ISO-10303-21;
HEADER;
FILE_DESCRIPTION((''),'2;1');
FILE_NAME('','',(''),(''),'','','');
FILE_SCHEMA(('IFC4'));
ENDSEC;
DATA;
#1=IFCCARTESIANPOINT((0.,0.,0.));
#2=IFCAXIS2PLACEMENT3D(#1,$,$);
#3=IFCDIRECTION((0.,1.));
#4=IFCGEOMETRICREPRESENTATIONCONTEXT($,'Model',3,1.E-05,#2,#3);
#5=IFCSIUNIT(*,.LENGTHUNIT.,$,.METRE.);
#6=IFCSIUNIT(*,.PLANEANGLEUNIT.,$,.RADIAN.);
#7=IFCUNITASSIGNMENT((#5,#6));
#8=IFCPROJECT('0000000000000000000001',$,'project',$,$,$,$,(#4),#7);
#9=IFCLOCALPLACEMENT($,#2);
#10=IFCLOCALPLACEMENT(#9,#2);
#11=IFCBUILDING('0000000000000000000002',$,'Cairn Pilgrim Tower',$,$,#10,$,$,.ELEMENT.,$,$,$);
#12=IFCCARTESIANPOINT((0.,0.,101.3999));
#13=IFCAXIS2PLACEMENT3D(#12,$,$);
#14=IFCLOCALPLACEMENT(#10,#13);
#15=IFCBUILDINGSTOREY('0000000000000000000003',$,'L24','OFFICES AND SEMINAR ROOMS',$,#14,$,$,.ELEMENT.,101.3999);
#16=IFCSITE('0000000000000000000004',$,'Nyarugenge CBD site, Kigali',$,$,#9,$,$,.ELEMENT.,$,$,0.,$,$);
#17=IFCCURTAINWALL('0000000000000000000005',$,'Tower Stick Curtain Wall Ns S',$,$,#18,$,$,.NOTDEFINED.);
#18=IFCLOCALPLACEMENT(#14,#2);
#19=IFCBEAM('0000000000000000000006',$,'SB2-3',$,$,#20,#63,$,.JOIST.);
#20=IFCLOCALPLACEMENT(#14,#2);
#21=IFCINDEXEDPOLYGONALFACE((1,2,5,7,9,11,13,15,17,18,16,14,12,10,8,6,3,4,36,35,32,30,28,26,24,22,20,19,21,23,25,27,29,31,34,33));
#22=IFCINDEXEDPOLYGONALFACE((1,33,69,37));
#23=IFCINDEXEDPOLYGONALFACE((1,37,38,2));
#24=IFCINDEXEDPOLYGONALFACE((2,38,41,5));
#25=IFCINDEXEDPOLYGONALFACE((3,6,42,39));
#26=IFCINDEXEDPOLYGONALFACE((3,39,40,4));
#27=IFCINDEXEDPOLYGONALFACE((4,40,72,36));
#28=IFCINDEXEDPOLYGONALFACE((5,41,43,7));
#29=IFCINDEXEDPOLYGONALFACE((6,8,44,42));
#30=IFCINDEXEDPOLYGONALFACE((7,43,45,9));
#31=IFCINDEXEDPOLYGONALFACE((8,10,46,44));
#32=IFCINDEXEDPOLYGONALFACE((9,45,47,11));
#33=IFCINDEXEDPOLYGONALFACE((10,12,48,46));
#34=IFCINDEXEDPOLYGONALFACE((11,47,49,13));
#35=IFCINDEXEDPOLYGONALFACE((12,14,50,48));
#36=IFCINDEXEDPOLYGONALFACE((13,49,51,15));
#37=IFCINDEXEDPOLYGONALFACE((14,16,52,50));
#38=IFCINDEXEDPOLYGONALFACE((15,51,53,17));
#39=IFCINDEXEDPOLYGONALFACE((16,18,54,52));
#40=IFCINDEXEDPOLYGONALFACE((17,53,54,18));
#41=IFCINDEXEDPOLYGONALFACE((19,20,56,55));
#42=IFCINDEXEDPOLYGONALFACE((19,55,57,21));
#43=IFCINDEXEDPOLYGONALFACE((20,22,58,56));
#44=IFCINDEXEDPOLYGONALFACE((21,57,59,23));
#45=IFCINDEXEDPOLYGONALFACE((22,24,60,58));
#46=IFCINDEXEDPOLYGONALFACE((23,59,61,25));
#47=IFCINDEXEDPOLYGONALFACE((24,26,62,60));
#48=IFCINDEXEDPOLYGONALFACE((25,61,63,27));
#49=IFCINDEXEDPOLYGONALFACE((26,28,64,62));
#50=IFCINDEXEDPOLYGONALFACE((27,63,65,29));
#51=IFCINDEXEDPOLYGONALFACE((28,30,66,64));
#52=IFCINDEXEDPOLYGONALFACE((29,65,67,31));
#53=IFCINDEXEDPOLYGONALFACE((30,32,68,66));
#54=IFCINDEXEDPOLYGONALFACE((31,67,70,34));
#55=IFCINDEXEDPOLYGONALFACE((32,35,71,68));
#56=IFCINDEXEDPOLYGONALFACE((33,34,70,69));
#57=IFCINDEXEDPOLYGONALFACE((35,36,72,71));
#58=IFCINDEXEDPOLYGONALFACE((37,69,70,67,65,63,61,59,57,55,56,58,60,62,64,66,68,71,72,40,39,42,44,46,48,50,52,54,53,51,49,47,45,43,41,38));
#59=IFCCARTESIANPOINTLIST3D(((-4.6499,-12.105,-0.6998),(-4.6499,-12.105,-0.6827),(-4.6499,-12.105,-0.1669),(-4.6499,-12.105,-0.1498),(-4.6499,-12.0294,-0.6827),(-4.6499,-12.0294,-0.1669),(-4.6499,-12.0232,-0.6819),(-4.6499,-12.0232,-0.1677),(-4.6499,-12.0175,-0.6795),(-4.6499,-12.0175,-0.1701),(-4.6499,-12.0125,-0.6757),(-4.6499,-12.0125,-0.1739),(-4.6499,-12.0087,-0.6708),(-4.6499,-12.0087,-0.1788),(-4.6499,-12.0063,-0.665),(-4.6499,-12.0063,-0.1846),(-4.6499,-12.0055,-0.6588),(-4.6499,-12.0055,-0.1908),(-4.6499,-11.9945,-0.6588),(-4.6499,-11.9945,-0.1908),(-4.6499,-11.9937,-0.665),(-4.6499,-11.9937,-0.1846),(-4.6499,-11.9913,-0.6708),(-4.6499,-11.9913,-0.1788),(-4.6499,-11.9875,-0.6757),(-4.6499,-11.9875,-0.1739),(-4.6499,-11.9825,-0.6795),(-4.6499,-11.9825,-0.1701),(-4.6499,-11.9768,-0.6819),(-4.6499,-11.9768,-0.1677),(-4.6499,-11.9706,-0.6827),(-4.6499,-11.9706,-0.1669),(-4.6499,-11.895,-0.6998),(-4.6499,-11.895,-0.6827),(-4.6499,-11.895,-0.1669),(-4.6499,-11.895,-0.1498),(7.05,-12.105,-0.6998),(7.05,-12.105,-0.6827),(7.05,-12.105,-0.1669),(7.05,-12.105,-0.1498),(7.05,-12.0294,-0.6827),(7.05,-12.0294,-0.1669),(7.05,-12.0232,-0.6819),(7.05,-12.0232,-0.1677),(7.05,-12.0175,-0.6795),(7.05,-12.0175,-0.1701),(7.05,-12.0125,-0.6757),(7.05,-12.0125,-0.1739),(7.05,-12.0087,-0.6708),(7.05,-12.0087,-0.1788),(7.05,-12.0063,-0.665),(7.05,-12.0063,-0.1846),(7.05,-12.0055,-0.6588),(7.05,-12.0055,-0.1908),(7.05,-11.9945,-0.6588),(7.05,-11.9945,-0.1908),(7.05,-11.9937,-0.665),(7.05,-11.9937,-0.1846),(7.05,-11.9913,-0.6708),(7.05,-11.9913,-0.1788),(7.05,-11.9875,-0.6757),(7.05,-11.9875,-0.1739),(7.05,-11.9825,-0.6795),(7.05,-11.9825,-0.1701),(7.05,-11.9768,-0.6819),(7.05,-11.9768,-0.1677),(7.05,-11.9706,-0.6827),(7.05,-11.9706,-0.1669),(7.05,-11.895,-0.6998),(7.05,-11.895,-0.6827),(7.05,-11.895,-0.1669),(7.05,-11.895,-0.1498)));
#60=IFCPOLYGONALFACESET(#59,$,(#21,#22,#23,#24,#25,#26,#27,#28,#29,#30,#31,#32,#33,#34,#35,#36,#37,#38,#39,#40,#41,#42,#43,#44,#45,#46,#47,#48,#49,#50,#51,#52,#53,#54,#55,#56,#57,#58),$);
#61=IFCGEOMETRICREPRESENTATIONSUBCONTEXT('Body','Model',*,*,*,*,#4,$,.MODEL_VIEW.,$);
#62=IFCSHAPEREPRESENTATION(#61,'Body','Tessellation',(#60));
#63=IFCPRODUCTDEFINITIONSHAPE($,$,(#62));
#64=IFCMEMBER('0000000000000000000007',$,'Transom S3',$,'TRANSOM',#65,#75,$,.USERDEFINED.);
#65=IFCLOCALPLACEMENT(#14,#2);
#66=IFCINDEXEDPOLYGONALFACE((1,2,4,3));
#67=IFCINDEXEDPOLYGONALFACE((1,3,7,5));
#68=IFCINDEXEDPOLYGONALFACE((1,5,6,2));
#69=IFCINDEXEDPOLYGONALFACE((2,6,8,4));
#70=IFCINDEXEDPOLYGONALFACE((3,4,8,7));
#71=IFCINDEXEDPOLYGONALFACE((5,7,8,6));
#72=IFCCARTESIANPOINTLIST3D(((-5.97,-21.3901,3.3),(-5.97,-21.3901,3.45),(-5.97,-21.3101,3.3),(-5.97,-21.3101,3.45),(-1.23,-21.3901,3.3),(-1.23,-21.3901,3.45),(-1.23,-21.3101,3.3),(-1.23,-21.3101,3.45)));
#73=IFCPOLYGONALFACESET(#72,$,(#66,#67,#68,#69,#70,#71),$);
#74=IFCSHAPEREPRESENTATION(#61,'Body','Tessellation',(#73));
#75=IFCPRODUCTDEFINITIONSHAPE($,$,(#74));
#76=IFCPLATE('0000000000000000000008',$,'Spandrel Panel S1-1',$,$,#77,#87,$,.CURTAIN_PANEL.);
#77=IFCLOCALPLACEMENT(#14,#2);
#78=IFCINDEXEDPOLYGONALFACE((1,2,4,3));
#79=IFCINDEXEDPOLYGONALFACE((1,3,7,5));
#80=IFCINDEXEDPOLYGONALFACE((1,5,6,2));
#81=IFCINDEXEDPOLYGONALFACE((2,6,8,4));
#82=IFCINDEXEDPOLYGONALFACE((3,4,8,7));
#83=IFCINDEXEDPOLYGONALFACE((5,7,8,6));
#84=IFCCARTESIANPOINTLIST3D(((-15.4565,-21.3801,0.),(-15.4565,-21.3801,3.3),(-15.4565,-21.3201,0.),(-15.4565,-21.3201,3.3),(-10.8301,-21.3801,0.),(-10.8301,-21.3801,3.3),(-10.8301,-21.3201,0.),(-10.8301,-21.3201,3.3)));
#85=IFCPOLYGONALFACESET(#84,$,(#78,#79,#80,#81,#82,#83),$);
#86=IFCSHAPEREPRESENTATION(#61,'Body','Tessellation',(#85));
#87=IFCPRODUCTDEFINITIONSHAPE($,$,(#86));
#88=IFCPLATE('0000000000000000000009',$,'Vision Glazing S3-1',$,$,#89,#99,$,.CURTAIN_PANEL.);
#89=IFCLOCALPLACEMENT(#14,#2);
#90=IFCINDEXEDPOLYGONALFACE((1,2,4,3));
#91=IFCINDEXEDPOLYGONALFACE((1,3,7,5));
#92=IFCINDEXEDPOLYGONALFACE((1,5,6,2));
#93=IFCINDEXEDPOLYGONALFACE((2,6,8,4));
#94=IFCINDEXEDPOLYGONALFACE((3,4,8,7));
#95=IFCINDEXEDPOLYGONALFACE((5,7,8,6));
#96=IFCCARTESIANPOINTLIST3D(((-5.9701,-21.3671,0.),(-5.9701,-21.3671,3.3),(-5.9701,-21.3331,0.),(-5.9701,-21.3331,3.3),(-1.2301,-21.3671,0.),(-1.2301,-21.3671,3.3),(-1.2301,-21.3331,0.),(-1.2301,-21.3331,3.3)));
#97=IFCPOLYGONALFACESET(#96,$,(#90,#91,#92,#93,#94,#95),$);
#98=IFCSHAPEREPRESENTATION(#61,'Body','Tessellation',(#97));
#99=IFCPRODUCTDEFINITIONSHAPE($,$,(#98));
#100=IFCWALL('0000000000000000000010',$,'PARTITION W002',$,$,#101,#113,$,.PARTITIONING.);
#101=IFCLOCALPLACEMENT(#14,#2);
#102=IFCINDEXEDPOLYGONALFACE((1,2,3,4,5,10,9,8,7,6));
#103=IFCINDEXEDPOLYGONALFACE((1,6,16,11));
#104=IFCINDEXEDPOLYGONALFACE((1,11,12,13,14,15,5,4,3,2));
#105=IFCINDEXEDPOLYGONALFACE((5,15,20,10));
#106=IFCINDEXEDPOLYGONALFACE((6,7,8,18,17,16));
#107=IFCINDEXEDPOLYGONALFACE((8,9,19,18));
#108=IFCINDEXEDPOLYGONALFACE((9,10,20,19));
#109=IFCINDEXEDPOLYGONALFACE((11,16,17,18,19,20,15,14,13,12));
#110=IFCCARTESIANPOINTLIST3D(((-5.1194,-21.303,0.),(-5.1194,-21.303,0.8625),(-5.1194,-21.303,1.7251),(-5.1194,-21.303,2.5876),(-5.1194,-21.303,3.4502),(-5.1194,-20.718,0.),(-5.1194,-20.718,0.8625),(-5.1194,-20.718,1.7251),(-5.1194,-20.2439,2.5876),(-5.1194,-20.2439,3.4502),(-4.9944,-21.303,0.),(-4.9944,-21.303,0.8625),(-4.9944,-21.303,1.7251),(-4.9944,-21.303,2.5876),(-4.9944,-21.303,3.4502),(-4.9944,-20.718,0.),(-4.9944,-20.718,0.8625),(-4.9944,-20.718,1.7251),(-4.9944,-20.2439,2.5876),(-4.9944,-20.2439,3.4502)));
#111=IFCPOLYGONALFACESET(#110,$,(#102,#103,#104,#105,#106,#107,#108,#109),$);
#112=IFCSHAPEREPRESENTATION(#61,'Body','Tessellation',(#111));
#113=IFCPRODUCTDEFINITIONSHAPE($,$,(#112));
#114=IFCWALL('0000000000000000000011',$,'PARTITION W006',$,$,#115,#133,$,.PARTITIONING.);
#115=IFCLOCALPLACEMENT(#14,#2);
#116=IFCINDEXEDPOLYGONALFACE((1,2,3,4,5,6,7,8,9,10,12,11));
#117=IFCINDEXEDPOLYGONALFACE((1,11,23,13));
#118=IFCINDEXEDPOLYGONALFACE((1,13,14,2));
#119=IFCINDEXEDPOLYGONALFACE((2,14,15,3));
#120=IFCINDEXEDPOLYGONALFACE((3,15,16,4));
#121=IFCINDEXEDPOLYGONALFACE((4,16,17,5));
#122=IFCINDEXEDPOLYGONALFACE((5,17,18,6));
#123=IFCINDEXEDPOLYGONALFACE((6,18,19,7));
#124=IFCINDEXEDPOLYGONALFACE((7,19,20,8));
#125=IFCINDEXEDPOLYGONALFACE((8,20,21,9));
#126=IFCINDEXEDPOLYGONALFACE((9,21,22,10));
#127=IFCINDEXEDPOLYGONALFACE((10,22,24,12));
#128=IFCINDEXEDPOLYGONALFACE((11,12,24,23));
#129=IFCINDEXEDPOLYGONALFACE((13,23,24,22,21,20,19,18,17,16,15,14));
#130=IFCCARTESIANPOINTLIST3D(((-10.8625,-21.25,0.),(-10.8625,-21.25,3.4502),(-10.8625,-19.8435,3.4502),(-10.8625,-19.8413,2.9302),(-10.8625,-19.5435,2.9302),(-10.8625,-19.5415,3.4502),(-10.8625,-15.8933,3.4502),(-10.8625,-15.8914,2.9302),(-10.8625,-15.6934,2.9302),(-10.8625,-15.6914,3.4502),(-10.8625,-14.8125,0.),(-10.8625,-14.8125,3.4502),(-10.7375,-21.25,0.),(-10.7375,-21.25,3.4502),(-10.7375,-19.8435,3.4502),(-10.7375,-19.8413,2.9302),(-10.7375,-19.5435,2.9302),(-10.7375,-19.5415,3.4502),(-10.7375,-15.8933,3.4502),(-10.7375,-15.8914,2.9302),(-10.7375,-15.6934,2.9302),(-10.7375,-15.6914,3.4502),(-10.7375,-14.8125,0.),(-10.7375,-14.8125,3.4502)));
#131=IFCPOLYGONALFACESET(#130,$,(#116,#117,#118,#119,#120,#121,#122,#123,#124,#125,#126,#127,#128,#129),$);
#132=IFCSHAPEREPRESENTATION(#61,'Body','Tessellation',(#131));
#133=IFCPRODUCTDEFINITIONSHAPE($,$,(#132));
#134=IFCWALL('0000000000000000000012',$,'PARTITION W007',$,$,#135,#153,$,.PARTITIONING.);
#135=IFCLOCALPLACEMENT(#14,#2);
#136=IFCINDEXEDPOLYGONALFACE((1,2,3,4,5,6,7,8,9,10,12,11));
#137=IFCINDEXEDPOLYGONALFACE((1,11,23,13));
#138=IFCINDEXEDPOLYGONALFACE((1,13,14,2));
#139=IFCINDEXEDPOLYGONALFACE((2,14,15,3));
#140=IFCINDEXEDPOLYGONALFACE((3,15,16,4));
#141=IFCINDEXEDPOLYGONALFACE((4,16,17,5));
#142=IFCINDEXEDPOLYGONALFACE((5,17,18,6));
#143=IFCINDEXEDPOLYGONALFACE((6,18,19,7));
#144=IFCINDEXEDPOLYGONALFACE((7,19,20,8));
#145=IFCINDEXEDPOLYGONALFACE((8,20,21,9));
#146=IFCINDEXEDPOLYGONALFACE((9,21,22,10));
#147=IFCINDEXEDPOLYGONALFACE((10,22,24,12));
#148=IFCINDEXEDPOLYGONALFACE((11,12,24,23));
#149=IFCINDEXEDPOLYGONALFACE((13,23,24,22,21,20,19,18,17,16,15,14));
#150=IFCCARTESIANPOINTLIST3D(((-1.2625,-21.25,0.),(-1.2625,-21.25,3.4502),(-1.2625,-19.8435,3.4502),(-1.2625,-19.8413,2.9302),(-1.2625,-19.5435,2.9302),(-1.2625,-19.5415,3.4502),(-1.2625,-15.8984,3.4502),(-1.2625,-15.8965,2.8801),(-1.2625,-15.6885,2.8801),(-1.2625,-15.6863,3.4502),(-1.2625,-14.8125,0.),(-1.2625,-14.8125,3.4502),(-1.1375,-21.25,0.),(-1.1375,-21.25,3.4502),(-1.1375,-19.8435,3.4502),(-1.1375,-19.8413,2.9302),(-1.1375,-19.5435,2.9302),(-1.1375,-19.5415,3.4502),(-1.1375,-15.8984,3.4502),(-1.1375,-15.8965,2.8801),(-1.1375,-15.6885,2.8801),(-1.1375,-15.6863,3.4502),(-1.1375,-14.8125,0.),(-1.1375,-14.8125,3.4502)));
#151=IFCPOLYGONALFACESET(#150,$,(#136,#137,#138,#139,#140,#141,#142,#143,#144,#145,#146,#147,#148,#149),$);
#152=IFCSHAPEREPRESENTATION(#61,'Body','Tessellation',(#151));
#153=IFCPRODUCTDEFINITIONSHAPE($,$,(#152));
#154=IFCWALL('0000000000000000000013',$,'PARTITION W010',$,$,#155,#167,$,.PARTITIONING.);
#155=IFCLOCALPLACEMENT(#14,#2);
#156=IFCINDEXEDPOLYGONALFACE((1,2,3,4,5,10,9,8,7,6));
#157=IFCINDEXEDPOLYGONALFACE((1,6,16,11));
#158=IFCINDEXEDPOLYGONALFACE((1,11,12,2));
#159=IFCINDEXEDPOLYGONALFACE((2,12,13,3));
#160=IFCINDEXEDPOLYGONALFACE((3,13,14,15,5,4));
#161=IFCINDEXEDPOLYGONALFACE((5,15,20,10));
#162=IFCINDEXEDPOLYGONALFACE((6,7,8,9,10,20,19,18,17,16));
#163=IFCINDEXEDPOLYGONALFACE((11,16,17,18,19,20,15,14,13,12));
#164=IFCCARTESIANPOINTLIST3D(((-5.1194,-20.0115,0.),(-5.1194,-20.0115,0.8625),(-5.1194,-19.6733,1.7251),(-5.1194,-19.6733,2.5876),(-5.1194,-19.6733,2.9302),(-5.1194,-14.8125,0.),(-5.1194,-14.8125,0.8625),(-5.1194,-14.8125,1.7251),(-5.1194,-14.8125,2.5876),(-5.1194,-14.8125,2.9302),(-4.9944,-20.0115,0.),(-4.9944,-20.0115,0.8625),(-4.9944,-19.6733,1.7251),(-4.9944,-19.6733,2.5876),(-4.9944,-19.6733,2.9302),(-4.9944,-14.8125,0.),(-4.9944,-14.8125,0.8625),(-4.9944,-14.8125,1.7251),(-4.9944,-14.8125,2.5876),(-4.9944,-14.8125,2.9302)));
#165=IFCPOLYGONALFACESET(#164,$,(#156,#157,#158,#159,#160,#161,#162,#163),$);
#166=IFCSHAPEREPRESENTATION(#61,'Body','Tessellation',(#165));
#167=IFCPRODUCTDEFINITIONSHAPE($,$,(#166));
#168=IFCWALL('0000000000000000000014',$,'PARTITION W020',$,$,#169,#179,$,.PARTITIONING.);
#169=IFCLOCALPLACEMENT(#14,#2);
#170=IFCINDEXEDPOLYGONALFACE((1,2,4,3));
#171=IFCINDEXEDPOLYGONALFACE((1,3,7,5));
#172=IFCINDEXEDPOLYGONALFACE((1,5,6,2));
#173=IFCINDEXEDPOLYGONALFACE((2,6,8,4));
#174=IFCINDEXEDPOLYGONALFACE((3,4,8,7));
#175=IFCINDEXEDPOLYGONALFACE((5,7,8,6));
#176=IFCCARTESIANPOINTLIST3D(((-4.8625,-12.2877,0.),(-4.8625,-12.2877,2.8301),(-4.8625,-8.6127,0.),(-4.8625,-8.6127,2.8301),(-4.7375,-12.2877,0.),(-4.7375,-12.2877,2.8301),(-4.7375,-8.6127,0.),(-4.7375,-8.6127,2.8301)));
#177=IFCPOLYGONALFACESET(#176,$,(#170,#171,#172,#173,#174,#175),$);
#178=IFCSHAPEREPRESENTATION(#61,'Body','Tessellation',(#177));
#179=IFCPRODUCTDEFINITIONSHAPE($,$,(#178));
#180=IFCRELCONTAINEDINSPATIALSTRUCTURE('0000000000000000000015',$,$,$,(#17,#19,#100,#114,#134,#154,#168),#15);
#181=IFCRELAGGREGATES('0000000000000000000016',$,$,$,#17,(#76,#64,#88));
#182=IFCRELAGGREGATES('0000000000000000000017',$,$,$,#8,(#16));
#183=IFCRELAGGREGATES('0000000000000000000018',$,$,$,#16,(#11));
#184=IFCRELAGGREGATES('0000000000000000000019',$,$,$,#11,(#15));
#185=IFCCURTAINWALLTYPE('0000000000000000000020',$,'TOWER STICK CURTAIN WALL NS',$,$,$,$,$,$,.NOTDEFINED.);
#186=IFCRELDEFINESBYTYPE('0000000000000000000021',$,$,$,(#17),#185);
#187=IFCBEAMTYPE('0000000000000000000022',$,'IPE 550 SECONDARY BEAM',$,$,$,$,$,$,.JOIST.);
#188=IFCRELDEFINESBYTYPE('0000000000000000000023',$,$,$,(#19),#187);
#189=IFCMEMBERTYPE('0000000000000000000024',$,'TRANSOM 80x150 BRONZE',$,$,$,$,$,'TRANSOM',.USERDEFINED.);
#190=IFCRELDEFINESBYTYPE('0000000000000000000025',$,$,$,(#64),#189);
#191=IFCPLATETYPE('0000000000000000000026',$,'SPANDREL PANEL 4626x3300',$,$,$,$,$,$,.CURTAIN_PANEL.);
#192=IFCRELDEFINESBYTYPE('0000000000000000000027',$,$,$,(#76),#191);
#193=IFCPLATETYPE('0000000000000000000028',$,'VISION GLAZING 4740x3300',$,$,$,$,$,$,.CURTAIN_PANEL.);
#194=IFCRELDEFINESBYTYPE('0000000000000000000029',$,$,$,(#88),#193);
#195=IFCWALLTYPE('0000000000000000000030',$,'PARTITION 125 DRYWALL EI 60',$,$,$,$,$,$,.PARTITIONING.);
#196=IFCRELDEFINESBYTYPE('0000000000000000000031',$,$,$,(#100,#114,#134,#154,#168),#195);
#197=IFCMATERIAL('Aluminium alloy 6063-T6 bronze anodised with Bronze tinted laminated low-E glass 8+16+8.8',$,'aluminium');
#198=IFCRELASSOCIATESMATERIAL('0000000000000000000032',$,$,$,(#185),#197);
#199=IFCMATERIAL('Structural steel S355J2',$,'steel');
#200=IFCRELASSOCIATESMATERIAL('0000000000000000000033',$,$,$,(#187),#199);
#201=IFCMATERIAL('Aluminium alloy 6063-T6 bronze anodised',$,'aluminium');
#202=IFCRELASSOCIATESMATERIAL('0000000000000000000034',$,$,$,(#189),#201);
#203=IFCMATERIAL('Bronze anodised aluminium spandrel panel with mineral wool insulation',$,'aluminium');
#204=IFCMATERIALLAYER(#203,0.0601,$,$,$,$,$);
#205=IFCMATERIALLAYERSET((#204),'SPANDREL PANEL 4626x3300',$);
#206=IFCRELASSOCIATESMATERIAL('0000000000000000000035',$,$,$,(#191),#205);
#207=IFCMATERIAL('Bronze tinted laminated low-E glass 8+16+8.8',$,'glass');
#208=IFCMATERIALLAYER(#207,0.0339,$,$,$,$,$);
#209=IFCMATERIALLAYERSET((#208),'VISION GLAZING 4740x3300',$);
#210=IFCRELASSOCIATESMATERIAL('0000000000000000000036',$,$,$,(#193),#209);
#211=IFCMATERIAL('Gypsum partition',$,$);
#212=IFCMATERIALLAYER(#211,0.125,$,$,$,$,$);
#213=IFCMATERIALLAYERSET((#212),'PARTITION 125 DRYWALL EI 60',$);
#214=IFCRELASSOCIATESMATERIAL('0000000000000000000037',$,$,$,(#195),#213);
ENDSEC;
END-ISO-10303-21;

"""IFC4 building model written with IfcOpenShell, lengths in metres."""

from ifc_helpers import new_model, si_unit, direction, frame, frame_2d, origin, origin_2d, place, context, subcontext, project, spatial, polyline, rectangle, i_section, outline, extrude, material, layer, layer_set, material_profile, profile_set, type_object, element, aggregate, save


model = new_model("IFC4")

# Units and contexts
model_context = context("Model", 3, precision=1e-05, world=origin(), true_north=direction((0.0, 1.0)))
body_context = subcontext(model_context, "Body", "Model", "MODEL_VIEW")
ifc_project = project(units=[si_unit("LENGTHUNIT", "METRE"), si_unit("PLANEANGLEUNIT", "RADIAN")], contexts=[model_context])

# Site, building, storey
site_placement = place(None, origin())
site = spatial("IfcSite", under=ifc_project, at=site_placement, Name="Nyarugenge CBD site, Kigali", CompositionType="ELEMENT", RefElevation=0.0)
building_placement = place(site_placement, origin())
building = spatial("IfcBuilding", under=site, at=building_placement, Name="Cairn Pilgrim Tower", CompositionType="ELEMENT")
storey_placement = place(building_placement, frame((0.0, 0.0, 101.3999)))
storey = spatial("IfcBuildingStorey", under=building, at=storey_placement, Name="L24", Description="OFFICES AND SEMINAR ROOMS", CompositionType="ELEMENT", Elevation=101.3999)

# Curtain wall
ifc_material_1 = material(Name="Aluminium alloy 6063-T6 bronze anodised with Bronze tinted laminated low-E glass 8+16+8.8", Category="aluminium")
curtain_wall_type = type_object("IfcCurtainWallType", Name="TOWER STICK CURTAIN WALL NS", PredefinedType="NOTDEFINED", material=ifc_material_1)
curtain_wall_placement = place(storey_placement, origin())
curtain_wall = element("IfcCurtainWall", 1, at=curtain_wall_placement, inside=storey, type_object=curtain_wall_type, Name="Tower Stick Curtain Wall Ns S", PredefinedType="NOTDEFINED")
ifc_material_2 = material(Name="Aluminium alloy 6063-T6 bronze anodised", Category="aluminium")

# Beam
ifc_material_3 = material(Name="Structural steel S355J2", Category="steel")
ifc_material_profile_1 = material_profile(ifc_material_3, i_section(OverallWidth=0.21, OverallDepth=0.55, WebThickness=0.011, FlangeThickness=0.0171, FilletRadius=0.0239, at=origin_2d()), Name="IPE 550")
ifc_profile_set_1 = profile_set([ifc_material_profile_1], Name="Structural steel S355J2")
beam_type_1 = type_object("IfcBeamType", Name="IPE 550 SECONDARY BEAM", PredefinedType="JOIST", material=ifc_profile_set_1)
for number, where, z_axis, x_axis, name in (
    (2, (-4.6499, -12.0, -0.4248), (1.0, 0.0, 0.0), (0.0, 1.0, 0.0), "SB2-3"),
):
    element("IfcBeam", number, at=place(storey_placement, frame(where, z_axis=z_axis, x_axis=x_axis)), inside=storey, type_object=beam_type_1, Name=name, PredefinedType="JOIST", context=body_context, shape_type="SweptSolid", body=[
        extrude(i_section(OverallWidth=0.21, OverallDepth=0.55, WebThickness=0.011, FlangeThickness=0.0171, FilletRadius=0.0239, at=origin_2d()), origin(), (0.0, 0.0, 1.0), 11.7),
    ])

# Member
ifc_material_profile_2 = material_profile(ifc_material_2, rectangle(XDim=0.0801, YDim=0.1499, at=origin_2d()), Name="TRANSOM 80x150 BRONZE")
ifc_profile_set_2 = profile_set([ifc_material_profile_2], Name="Aluminium alloy 6063-T6 bronze anodised")
member_type_1 = type_object("IfcMemberType", Name="TRANSOM 80x150 BRONZE", ElementType="TRANSOM", PredefinedType="USERDEFINED", material=ifc_profile_set_2)
member_1_placement = place(storey_placement, frame((-5.97, -21.3501, 3.375), z_axis=(1.0, 0.0, 0.0), x_axis=(0.0, 1.0, 0.0)))
member_1 = element("IfcMember", 3, at=member_1_placement, type_object=member_type_1, Name="Transom S3", ObjectType="TRANSOM", PredefinedType="USERDEFINED", context=body_context, shape_type="SweptSolid", body=[
    extrude(rectangle(XDim=0.0801, YDim=0.1499, at=origin_2d()), origin(), (0.0, 0.0, 1.0), 4.74),
])

# Plates
ifc_material_4 = material(Name="Bronze anodised aluminium spandrel panel with mineral wool insulation", Category="aluminium")
ifc_layer_1 = layer(ifc_material_4, 0.0601)
ifc_layer_set_1 = layer_set([ifc_layer_1], Name="SPANDREL PANEL 4626x3300")
plate_type_1 = type_object("IfcPlateType", Name="SPANDREL PANEL 4626x3300", PredefinedType="CURTAIN_PANEL", material=ifc_layer_set_1)
plate_1_placement = place(storey_placement, frame((-13.1433, -21.3501, 0.0), z_axis=(0.0, 0.0, 1.0), x_axis=(1.0, 0.0, 0.0)))
plate_1 = element("IfcPlate", 4, at=plate_1_placement, type_object=plate_type_1, Name="Spandrel Panel S1-1", PredefinedType="CURTAIN_PANEL", context=body_context, shape_type="SweptSolid", body=[
    extrude(rectangle(XDim=4.6265, YDim=0.0601, at=origin_2d()), origin(), (0.0, 0.0, 1.0), 3.3),
])
ifc_material_5 = material(Name="Bronze tinted laminated low-E glass 8+16+8.8", Category="glass")
ifc_layer_2 = layer(ifc_material_5, 0.0339)
ifc_layer_set_2 = layer_set([ifc_layer_2], Name="VISION GLAZING 4740x3300")
plate_type_2 = type_object("IfcPlateType", Name="VISION GLAZING 4740x3300", PredefinedType="CURTAIN_PANEL", material=ifc_layer_set_2)
plate_2_placement = place(storey_placement, frame((-3.6001, -21.3501, 0.0), z_axis=(0.0, 0.0, 1.0), x_axis=(1.0, 0.0, 0.0)))
plate_2 = element("IfcPlate", 5, at=plate_2_placement, type_object=plate_type_2, Name="Vision Glazing S3-1", PredefinedType="CURTAIN_PANEL", context=body_context, shape_type="SweptSolid", body=[
    extrude(rectangle(XDim=4.74, YDim=0.0339, at=origin_2d()), origin(), (0.0, 0.0, 1.0), 3.3),
])
aggregate(curtain_wall, [plate_1, member_1, plate_2])

# Walls
ifc_material_6 = material(Name="Gypsum partition")
ifc_layer_3 = layer(ifc_material_6, 0.125)
ifc_layer_set_3 = layer_set([ifc_layer_3], Name="PARTITION 125 DRYWALL EI 60")
wall_type_1 = type_object("IfcWallType", Name="PARTITION 125 DRYWALL EI 60", PredefinedType="PARTITIONING", material=ifc_layer_set_3)
wall_1_placement = place(storey_placement, frame((-5.0569, -21.303, 0.0), z_axis=(0.0, 0.0, 1.0), x_axis=(0.0, 1.0, 0.0)))
element("IfcWall", 6, at=wall_1_placement, inside=storey, type_object=wall_type_1, Name="PARTITION W002", PredefinedType="PARTITIONING", context=body_context, shape_type="SweptSolid", body=[
    extrude(outline(polyline([(0.0, 0.0), (0.585, 0.0), (0.585, 0.8625), (0.585, 1.7251), (1.0591, 2.5876), (1.0591, 3.4502), (0.0, 3.4502), (0.0, 2.5876), (0.0, 1.7251), (0.0, 0.8625), (0.0, 0.0)])), frame((0.0, 0.0625, 0.0), z_axis=(0.0, -1.0, 0.0), x_axis=(1.0, 0.0, 0.0)), (0.0, 0.0, 1.0), 0.125),
])
wall_2_placement = place(storey_placement, frame((-10.8, -21.25, 0.0), z_axis=(0.0, 0.0, 1.0), x_axis=(0.0, 1.0, 0.0)))
element("IfcWall", 7, at=wall_2_placement, inside=storey, type_object=wall_type_1, Name="PARTITION W006", PredefinedType="PARTITIONING", context=body_context, shape_type="SweptSolid", body=[
    extrude(outline(polyline([(0.0, 0.0), (6.4375, 0.0), (6.4375, 3.4502), (5.5586, 3.4502), (5.5566, 2.9302), (5.3586, 2.9302), (5.3567, 3.4502), (1.7085, 3.4502), (1.7065, 2.9302), (1.4087, 2.9302), (1.4065, 3.4502), (0.0, 3.4502), (0.0, 0.0)])), frame((0.0, 0.0625, 0.0), z_axis=(0.0, -1.0, 0.0), x_axis=(1.0, 0.0, 0.0)), (0.0, 0.0, 1.0), 0.125),
])
wall_3_placement = place(storey_placement, frame((-1.2, -21.25, 0.0), z_axis=(0.0, 0.0, 1.0), x_axis=(0.0, 1.0, 0.0)))
element("IfcWall", 8, at=wall_3_placement, inside=storey, type_object=wall_type_1, Name="PARTITION W007", PredefinedType="PARTITIONING", context=body_context, shape_type="SweptSolid", body=[
    extrude(outline(polyline([(0.0, 0.0), (6.4375, 0.0), (6.4375, 3.4502), (5.5637, 3.4502), (5.5615, 2.8801), (5.3535, 2.8801), (5.3516, 3.4502), (1.7085, 3.4502), (1.7065, 2.9302), (1.4087, 2.9302), (1.4065, 3.4502), (0.0, 3.4502), (0.0, 0.0)])), frame((0.0, 0.0625, 0.0), z_axis=(0.0, -1.0, 0.0), x_axis=(1.0, 0.0, 0.0)), (0.0, 0.0, 1.0), 0.125),
])
wall_4_placement = place(storey_placement, frame((-5.0569, -20.0115, 0.0), z_axis=(0.0, 0.0, 1.0), x_axis=(0.0, 1.0, 0.0)))
element("IfcWall", 9, at=wall_4_placement, inside=storey, type_object=wall_type_1, Name="PARTITION W010", PredefinedType="PARTITIONING", context=body_context, shape_type="SweptSolid", body=[
    extrude(outline(polyline([(0.0, 0.0), (5.199, 0.0), (5.199, 0.8625), (5.199, 1.7251), (5.199, 2.5876), (5.199, 2.9302), (0.3381, 2.9302), (0.3381, 2.5876), (0.3381, 1.7251), (0.0, 0.8625), (0.0, 0.0)])), frame((0.0, 0.0625, 0.0), z_axis=(0.0, -1.0, 0.0), x_axis=(1.0, 0.0, 0.0)), (0.0, 0.0, 1.0), 0.125),
])
wall_5_placement = place(storey_placement, frame((-4.8, -12.2876, 0.0), z_axis=(0.0, 0.0, 1.0), x_axis=(0.0, 1.0, 0.0)))
element("IfcWall", 10, at=wall_5_placement, inside=storey, type_object=wall_type_1, Name="PARTITION W020", PredefinedType="PARTITIONING", context=body_context, shape_type="SweptSolid", body=[
    extrude(rectangle(XDim=3.675, YDim=0.125, at=frame_2d((1.8374, 0.0))), origin(), (0.0, 0.0, 1.0), 2.8301),
])

save(model, "model.ifc")
